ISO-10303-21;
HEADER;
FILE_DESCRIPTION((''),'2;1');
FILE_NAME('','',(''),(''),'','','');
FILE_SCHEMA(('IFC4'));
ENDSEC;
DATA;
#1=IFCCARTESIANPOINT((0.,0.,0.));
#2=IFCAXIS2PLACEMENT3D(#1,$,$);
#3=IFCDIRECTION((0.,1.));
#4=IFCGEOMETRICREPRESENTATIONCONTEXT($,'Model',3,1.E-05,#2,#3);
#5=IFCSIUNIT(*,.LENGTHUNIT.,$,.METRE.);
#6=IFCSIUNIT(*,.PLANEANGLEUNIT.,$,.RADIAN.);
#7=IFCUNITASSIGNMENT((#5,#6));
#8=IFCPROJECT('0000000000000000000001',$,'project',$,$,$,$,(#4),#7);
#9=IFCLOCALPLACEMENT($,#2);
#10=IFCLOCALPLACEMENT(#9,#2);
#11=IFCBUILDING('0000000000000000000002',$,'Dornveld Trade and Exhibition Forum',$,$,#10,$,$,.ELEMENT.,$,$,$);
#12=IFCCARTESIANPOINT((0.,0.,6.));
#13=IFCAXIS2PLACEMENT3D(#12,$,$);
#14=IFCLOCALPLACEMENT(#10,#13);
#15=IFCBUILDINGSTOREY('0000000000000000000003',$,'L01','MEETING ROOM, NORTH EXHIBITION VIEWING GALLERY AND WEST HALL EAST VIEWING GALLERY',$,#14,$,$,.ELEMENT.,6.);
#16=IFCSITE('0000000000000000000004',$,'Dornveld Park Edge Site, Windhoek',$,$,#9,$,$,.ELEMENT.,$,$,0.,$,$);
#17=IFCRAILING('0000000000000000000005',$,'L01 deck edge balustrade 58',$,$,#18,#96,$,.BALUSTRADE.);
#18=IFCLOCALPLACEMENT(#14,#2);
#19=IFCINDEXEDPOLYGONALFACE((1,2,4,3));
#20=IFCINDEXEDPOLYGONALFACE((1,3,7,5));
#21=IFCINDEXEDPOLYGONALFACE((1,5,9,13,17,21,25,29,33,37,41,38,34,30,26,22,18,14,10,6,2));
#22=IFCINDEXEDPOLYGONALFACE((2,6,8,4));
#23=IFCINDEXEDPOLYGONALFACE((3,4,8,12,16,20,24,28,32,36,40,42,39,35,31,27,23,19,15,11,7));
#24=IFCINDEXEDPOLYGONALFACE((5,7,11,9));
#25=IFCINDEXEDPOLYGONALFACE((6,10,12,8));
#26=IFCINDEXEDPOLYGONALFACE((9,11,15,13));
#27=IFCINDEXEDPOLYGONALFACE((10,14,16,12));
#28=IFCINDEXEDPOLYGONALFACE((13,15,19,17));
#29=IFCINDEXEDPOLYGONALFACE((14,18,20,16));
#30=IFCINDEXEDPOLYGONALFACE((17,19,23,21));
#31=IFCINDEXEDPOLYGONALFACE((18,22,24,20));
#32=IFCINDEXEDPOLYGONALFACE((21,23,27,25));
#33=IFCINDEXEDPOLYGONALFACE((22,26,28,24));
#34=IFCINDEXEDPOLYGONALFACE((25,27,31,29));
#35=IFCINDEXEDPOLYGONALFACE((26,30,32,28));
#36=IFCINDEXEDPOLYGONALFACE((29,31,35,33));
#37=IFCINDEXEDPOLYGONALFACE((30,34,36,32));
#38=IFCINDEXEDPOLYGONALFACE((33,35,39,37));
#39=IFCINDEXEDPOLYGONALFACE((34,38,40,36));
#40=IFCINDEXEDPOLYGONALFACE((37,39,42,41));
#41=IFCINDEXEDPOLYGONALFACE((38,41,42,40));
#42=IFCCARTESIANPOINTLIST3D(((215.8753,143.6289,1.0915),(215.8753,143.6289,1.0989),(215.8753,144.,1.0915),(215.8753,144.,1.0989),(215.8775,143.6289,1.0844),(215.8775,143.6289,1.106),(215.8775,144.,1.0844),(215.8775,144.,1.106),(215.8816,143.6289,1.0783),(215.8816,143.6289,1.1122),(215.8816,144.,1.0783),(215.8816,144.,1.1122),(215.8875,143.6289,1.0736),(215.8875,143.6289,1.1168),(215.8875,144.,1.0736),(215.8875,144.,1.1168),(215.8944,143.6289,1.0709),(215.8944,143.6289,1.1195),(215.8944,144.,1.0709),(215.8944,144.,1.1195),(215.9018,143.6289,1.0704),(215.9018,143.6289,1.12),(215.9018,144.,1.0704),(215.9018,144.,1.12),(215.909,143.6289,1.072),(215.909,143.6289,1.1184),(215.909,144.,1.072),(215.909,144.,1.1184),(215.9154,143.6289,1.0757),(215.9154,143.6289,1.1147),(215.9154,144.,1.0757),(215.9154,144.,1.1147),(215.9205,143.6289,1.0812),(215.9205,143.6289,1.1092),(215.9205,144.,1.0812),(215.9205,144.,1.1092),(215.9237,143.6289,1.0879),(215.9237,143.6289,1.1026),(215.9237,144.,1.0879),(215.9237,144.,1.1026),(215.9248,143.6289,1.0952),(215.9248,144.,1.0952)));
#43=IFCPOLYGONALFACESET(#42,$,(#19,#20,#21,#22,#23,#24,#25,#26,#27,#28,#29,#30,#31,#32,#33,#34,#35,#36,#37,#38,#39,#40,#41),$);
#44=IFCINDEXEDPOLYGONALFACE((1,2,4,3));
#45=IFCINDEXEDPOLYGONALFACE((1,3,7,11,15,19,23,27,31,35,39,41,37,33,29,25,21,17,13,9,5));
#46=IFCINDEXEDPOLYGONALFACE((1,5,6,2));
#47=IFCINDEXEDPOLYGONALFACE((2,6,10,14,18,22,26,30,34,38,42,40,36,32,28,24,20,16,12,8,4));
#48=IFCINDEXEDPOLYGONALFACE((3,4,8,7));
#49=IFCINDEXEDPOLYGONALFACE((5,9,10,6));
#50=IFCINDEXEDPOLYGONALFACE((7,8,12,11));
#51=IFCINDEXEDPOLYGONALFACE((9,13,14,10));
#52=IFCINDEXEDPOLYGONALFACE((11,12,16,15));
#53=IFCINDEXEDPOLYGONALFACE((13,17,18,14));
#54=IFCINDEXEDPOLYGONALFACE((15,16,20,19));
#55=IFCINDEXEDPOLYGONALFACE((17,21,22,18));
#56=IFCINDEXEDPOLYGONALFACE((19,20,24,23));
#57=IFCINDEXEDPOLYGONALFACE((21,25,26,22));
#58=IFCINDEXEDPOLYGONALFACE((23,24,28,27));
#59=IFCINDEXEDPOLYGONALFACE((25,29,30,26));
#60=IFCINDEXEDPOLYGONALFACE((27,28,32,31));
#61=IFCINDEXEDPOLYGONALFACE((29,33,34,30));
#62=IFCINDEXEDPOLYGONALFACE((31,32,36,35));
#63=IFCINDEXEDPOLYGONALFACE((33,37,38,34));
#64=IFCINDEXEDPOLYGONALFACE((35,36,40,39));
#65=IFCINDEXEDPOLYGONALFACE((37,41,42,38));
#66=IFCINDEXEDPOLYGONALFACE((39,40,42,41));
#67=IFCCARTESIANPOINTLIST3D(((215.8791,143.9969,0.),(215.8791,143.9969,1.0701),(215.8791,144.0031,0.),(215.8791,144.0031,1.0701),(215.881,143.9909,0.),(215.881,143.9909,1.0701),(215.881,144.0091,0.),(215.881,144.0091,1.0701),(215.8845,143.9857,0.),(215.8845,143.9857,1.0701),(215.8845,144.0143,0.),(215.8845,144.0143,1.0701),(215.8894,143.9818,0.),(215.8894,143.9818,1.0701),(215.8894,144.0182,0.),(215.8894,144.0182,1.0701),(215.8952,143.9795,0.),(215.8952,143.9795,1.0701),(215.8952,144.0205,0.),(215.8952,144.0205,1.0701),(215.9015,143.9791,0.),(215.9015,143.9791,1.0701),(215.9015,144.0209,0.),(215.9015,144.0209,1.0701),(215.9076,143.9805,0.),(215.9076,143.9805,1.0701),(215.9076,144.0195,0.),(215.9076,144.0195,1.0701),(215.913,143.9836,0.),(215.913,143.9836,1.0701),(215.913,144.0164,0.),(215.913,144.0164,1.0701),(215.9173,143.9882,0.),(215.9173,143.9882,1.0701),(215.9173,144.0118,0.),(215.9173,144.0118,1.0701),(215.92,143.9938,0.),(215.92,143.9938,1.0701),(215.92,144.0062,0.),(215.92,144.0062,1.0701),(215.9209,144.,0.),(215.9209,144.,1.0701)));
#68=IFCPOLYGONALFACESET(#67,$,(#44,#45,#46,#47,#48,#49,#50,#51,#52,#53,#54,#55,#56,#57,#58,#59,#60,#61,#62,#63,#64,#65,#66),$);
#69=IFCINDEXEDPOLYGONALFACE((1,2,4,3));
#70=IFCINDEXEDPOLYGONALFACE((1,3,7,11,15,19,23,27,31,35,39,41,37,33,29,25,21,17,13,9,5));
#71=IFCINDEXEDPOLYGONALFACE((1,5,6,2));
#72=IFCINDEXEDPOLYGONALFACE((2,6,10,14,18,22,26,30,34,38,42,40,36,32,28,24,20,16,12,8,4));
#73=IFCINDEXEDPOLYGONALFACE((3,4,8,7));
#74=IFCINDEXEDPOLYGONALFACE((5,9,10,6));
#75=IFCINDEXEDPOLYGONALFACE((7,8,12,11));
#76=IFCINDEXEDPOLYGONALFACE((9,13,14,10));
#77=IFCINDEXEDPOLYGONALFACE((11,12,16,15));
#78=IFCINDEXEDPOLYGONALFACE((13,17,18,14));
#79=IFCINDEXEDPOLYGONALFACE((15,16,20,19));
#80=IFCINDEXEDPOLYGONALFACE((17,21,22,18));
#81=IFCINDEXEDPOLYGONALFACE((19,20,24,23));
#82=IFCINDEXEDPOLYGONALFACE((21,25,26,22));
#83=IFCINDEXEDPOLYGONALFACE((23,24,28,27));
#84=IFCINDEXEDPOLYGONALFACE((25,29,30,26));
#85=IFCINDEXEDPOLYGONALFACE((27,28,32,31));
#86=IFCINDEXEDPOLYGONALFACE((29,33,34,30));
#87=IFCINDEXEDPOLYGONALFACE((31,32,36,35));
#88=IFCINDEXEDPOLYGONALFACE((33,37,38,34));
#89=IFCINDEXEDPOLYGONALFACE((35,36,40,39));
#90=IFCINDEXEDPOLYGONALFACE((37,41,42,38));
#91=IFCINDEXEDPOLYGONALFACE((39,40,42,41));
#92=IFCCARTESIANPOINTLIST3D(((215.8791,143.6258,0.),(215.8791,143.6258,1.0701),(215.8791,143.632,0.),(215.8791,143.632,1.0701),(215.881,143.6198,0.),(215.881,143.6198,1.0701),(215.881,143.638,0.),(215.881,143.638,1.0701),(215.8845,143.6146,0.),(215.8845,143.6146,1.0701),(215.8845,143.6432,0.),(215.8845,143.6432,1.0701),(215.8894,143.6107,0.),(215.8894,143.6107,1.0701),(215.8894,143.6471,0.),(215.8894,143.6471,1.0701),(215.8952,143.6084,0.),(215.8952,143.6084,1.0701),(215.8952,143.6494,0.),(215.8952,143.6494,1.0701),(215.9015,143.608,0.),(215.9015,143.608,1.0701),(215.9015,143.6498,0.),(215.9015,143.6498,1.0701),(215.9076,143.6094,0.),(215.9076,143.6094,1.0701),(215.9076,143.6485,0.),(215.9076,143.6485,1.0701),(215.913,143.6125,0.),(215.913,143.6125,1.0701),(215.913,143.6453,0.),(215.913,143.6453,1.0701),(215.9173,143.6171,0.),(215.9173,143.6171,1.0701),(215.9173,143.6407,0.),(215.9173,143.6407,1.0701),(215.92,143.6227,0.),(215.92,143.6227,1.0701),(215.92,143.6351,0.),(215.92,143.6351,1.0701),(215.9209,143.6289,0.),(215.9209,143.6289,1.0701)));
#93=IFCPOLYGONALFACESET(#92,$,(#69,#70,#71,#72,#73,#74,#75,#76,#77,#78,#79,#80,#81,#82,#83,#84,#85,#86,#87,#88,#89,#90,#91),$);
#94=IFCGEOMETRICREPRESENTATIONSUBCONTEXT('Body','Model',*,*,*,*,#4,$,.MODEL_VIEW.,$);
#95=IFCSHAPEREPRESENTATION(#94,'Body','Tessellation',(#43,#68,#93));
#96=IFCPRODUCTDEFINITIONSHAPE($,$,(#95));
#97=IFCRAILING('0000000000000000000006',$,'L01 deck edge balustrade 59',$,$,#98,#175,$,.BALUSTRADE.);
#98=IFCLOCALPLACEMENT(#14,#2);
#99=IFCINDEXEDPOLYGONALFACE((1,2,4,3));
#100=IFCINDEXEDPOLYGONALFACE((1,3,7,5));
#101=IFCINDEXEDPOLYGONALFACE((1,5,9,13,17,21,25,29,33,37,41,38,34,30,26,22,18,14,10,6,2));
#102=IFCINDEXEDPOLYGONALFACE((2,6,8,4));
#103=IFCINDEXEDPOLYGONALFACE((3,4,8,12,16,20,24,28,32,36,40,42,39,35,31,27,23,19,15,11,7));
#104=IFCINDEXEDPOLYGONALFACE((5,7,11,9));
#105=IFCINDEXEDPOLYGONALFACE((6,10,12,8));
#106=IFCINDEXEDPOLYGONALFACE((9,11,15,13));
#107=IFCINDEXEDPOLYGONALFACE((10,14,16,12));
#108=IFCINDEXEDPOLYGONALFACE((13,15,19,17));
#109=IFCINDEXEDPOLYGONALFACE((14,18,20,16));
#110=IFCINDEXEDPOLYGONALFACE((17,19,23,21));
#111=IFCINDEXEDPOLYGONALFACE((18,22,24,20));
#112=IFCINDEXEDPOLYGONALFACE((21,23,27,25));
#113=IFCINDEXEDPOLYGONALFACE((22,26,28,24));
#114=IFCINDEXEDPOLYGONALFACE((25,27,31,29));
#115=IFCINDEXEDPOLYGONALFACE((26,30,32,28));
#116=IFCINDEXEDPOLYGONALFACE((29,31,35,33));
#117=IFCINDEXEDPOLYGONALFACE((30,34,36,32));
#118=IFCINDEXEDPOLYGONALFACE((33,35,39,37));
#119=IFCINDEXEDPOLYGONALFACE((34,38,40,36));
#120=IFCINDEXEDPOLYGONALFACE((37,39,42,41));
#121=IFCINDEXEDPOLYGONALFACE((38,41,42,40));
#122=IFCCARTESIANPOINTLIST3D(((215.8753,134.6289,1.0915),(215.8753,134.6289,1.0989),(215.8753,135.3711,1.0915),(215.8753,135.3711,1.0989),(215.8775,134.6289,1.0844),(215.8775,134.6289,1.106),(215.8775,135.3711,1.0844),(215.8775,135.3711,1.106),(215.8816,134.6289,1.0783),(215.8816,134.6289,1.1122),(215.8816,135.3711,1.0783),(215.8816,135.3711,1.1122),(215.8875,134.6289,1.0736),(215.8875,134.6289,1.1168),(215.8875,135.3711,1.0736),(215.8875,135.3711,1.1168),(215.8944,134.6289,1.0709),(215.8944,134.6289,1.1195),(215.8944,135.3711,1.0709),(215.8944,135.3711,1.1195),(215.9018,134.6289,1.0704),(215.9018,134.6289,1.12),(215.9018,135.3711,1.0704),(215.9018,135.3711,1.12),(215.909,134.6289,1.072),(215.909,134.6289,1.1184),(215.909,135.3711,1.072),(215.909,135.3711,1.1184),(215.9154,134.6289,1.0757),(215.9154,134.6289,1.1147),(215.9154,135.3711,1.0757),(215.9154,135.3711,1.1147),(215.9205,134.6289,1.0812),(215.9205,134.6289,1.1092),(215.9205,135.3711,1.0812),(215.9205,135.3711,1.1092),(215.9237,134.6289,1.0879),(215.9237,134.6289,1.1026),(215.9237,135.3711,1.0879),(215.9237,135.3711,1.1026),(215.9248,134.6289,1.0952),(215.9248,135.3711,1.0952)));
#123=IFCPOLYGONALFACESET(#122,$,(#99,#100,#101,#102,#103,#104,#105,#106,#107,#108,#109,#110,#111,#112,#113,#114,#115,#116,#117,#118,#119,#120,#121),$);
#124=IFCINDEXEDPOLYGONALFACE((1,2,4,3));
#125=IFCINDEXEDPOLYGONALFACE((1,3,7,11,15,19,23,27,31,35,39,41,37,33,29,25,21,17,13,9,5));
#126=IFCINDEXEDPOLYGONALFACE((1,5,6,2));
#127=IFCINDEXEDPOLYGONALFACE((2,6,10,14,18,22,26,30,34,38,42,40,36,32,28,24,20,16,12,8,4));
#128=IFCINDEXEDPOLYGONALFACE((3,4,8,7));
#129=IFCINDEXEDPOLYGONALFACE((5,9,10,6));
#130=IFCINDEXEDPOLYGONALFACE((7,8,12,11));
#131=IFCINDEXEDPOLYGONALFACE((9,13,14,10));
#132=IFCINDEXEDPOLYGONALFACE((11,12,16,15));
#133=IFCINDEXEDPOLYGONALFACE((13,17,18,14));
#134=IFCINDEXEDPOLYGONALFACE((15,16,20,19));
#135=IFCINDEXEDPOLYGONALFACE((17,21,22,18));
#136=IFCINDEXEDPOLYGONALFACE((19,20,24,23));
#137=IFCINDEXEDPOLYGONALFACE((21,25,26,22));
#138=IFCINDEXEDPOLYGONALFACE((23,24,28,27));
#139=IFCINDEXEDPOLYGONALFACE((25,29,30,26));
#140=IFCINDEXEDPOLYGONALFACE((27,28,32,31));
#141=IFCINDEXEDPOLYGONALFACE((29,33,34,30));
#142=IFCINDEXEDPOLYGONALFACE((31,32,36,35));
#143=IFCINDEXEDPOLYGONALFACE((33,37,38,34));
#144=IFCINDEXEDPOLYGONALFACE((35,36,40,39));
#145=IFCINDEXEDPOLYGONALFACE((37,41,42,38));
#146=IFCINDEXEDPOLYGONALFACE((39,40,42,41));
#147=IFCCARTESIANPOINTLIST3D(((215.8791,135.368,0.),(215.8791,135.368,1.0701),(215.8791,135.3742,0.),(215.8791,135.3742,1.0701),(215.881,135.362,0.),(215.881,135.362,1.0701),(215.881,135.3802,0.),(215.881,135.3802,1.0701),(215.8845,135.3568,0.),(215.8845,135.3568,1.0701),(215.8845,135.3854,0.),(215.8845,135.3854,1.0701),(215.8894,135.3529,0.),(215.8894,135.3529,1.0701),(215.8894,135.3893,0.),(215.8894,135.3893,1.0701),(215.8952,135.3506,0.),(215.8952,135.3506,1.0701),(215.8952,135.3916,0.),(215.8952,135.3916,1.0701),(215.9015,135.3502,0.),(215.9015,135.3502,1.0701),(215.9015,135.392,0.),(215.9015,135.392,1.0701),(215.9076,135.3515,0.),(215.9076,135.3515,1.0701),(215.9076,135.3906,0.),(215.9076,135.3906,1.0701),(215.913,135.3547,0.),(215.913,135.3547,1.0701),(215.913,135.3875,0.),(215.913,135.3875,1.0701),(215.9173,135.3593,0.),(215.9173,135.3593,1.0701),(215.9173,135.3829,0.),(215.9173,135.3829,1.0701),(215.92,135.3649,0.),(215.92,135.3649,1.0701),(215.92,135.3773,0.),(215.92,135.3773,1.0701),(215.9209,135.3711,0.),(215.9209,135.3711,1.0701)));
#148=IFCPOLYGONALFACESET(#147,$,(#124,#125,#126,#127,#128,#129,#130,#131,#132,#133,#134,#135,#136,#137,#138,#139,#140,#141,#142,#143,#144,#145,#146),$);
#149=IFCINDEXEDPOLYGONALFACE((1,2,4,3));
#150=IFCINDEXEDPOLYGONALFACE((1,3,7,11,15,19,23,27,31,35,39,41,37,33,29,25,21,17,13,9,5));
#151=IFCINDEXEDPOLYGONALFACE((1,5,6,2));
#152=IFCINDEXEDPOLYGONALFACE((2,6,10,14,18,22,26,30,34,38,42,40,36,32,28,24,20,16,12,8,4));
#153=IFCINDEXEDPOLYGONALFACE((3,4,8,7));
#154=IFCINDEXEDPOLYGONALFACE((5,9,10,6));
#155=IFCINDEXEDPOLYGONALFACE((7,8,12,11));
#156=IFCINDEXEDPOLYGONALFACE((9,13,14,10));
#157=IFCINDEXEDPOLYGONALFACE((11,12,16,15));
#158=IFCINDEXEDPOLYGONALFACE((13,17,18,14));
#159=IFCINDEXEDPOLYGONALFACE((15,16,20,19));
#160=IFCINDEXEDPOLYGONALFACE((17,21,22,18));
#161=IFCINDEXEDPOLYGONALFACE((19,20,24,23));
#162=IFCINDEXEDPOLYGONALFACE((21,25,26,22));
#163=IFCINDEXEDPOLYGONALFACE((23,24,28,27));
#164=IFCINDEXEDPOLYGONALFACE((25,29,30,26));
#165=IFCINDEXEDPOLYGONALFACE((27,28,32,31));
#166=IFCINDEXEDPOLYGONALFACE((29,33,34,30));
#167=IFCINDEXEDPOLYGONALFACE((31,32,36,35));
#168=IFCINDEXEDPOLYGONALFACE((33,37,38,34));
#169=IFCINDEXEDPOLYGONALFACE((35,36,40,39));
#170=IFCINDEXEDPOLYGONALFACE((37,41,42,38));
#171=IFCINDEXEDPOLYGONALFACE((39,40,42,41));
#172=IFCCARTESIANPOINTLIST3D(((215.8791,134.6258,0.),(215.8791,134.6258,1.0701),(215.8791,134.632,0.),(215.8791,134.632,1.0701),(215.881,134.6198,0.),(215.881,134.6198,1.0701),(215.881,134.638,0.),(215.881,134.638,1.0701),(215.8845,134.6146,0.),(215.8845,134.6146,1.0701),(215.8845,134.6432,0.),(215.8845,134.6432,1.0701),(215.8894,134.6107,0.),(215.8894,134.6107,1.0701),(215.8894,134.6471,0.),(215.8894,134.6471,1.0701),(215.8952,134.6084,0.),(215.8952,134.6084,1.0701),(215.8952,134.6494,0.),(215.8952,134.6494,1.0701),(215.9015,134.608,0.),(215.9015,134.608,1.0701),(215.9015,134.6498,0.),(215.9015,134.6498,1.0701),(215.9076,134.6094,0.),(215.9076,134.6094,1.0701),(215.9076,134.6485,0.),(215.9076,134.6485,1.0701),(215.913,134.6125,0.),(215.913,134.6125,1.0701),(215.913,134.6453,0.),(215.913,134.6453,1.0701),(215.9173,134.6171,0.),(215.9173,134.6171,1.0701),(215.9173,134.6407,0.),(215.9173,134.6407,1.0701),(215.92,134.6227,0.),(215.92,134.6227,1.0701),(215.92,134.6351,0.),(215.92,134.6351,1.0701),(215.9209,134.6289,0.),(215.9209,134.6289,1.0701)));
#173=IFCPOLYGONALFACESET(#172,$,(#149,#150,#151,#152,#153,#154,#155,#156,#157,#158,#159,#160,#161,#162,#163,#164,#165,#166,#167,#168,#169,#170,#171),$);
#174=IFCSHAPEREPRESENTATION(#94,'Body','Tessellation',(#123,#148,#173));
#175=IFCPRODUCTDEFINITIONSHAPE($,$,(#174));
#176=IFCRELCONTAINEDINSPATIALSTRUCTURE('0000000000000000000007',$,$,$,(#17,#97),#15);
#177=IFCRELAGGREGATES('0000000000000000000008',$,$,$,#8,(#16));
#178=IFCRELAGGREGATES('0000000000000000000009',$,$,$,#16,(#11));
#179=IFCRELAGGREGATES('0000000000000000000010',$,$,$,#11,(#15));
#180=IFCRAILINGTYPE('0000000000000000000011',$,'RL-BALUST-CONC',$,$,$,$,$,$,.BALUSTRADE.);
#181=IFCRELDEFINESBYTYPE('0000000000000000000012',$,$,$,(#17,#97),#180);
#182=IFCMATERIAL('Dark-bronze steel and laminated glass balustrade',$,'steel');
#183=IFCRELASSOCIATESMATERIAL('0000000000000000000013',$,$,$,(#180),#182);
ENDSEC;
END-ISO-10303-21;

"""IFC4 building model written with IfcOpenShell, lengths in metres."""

from ifc_helpers import new_model, si_unit, direction, frame, origin, origin_2d, place, context, subcontext, project, spatial, circle, extrude, material, type_object, element, save


model = new_model("IFC4")

# Units and contexts
model_context = context("Model", 3, precision=1e-05, world=origin(), true_north=direction((0.0, 1.0)))
body_context = subcontext(model_context, "Body", "Model", "MODEL_VIEW")
ifc_project = project(units=[si_unit("LENGTHUNIT", "METRE"), si_unit("PLANEANGLEUNIT", "RADIAN")], contexts=[model_context])

# Site, building, storey
site_placement = place(None, origin())
site = spatial("IfcSite", under=ifc_project, at=site_placement, Name="Dornveld Park Edge Site, Windhoek", CompositionType="ELEMENT", RefElevation=0.0)
building_placement = place(site_placement, origin())
building = spatial("IfcBuilding", under=site, at=building_placement, Name="Dornveld Trade and Exhibition Forum", CompositionType="ELEMENT")
storey_placement = place(building_placement, frame((0.0, 0.0, 6.0)))
storey = spatial("IfcBuildingStorey", under=building, at=storey_placement, Name="L01", Description="MEETING ROOM, NORTH EXHIBITION VIEWING GALLERY AND WEST HALL EAST VIEWING GALLERY", CompositionType="ELEMENT", Elevation=6.0)

# Railings
ifc_material_1 = material(Name="Dark-bronze steel and laminated glass balustrade", Category="steel")
railing_type = type_object("IfcRailingType", Name="RL-BALUST-CONC", PredefinedType="BALUSTRADE", material=ifc_material_1)
railing_1_placement = place(storey_placement, frame((215.8999, 144.0, 0.0)))
element("IfcRailing", 1, at=railing_1_placement, inside=storey, type_object=railing_type, Name="L01 deck edge balustrade 58", PredefinedType="BALUSTRADE", context=body_context, shape_type="SweptSolid", body=[
    extrude(circle(Radius=0.0249, at=origin_2d()), frame((0.0, 0.0, 1.0952), z_axis=(0.0, -1.0, 0.0), x_axis=(1.0, 0.0, 0.0)), (0.0, 0.0, 1.0), 0.3711),
    extrude(circle(Radius=0.021, at=origin_2d()), origin(), (0.0, 0.0, 1.0), 1.0701),
    extrude(circle(Radius=0.021, at=origin_2d()), frame((0.0, -0.3711, 0.0)), (0.0, 0.0, 1.0), 1.0701),
])
for number, where, name in (
    (2, (215.8999, 135.3711, 0.0), "L01 deck edge balustrade 59"),
):
    element("IfcRailing", number, at=place(storey_placement, frame(where)), inside=storey, type_object=railing_type, Name=name, PredefinedType="BALUSTRADE", context=body_context, shape_type="SweptSolid", body=[
        extrude(circle(Radius=0.0249, at=origin_2d()), frame((0.0, 0.0, 1.0952), z_axis=(0.0, -1.0, 0.0), x_axis=(1.0, 0.0, 0.0)), (0.0, 0.0, 1.0), 0.7422),
        extrude(circle(Radius=0.021, at=origin_2d()), origin(), (0.0, 0.0, 1.0), 1.0701),
        extrude(circle(Radius=0.021, at=origin_2d()), frame((0.0, -0.7422, 0.0)), (0.0, 0.0, 1.0), 1.0701),
    ])

save(model, "model.ifc")
